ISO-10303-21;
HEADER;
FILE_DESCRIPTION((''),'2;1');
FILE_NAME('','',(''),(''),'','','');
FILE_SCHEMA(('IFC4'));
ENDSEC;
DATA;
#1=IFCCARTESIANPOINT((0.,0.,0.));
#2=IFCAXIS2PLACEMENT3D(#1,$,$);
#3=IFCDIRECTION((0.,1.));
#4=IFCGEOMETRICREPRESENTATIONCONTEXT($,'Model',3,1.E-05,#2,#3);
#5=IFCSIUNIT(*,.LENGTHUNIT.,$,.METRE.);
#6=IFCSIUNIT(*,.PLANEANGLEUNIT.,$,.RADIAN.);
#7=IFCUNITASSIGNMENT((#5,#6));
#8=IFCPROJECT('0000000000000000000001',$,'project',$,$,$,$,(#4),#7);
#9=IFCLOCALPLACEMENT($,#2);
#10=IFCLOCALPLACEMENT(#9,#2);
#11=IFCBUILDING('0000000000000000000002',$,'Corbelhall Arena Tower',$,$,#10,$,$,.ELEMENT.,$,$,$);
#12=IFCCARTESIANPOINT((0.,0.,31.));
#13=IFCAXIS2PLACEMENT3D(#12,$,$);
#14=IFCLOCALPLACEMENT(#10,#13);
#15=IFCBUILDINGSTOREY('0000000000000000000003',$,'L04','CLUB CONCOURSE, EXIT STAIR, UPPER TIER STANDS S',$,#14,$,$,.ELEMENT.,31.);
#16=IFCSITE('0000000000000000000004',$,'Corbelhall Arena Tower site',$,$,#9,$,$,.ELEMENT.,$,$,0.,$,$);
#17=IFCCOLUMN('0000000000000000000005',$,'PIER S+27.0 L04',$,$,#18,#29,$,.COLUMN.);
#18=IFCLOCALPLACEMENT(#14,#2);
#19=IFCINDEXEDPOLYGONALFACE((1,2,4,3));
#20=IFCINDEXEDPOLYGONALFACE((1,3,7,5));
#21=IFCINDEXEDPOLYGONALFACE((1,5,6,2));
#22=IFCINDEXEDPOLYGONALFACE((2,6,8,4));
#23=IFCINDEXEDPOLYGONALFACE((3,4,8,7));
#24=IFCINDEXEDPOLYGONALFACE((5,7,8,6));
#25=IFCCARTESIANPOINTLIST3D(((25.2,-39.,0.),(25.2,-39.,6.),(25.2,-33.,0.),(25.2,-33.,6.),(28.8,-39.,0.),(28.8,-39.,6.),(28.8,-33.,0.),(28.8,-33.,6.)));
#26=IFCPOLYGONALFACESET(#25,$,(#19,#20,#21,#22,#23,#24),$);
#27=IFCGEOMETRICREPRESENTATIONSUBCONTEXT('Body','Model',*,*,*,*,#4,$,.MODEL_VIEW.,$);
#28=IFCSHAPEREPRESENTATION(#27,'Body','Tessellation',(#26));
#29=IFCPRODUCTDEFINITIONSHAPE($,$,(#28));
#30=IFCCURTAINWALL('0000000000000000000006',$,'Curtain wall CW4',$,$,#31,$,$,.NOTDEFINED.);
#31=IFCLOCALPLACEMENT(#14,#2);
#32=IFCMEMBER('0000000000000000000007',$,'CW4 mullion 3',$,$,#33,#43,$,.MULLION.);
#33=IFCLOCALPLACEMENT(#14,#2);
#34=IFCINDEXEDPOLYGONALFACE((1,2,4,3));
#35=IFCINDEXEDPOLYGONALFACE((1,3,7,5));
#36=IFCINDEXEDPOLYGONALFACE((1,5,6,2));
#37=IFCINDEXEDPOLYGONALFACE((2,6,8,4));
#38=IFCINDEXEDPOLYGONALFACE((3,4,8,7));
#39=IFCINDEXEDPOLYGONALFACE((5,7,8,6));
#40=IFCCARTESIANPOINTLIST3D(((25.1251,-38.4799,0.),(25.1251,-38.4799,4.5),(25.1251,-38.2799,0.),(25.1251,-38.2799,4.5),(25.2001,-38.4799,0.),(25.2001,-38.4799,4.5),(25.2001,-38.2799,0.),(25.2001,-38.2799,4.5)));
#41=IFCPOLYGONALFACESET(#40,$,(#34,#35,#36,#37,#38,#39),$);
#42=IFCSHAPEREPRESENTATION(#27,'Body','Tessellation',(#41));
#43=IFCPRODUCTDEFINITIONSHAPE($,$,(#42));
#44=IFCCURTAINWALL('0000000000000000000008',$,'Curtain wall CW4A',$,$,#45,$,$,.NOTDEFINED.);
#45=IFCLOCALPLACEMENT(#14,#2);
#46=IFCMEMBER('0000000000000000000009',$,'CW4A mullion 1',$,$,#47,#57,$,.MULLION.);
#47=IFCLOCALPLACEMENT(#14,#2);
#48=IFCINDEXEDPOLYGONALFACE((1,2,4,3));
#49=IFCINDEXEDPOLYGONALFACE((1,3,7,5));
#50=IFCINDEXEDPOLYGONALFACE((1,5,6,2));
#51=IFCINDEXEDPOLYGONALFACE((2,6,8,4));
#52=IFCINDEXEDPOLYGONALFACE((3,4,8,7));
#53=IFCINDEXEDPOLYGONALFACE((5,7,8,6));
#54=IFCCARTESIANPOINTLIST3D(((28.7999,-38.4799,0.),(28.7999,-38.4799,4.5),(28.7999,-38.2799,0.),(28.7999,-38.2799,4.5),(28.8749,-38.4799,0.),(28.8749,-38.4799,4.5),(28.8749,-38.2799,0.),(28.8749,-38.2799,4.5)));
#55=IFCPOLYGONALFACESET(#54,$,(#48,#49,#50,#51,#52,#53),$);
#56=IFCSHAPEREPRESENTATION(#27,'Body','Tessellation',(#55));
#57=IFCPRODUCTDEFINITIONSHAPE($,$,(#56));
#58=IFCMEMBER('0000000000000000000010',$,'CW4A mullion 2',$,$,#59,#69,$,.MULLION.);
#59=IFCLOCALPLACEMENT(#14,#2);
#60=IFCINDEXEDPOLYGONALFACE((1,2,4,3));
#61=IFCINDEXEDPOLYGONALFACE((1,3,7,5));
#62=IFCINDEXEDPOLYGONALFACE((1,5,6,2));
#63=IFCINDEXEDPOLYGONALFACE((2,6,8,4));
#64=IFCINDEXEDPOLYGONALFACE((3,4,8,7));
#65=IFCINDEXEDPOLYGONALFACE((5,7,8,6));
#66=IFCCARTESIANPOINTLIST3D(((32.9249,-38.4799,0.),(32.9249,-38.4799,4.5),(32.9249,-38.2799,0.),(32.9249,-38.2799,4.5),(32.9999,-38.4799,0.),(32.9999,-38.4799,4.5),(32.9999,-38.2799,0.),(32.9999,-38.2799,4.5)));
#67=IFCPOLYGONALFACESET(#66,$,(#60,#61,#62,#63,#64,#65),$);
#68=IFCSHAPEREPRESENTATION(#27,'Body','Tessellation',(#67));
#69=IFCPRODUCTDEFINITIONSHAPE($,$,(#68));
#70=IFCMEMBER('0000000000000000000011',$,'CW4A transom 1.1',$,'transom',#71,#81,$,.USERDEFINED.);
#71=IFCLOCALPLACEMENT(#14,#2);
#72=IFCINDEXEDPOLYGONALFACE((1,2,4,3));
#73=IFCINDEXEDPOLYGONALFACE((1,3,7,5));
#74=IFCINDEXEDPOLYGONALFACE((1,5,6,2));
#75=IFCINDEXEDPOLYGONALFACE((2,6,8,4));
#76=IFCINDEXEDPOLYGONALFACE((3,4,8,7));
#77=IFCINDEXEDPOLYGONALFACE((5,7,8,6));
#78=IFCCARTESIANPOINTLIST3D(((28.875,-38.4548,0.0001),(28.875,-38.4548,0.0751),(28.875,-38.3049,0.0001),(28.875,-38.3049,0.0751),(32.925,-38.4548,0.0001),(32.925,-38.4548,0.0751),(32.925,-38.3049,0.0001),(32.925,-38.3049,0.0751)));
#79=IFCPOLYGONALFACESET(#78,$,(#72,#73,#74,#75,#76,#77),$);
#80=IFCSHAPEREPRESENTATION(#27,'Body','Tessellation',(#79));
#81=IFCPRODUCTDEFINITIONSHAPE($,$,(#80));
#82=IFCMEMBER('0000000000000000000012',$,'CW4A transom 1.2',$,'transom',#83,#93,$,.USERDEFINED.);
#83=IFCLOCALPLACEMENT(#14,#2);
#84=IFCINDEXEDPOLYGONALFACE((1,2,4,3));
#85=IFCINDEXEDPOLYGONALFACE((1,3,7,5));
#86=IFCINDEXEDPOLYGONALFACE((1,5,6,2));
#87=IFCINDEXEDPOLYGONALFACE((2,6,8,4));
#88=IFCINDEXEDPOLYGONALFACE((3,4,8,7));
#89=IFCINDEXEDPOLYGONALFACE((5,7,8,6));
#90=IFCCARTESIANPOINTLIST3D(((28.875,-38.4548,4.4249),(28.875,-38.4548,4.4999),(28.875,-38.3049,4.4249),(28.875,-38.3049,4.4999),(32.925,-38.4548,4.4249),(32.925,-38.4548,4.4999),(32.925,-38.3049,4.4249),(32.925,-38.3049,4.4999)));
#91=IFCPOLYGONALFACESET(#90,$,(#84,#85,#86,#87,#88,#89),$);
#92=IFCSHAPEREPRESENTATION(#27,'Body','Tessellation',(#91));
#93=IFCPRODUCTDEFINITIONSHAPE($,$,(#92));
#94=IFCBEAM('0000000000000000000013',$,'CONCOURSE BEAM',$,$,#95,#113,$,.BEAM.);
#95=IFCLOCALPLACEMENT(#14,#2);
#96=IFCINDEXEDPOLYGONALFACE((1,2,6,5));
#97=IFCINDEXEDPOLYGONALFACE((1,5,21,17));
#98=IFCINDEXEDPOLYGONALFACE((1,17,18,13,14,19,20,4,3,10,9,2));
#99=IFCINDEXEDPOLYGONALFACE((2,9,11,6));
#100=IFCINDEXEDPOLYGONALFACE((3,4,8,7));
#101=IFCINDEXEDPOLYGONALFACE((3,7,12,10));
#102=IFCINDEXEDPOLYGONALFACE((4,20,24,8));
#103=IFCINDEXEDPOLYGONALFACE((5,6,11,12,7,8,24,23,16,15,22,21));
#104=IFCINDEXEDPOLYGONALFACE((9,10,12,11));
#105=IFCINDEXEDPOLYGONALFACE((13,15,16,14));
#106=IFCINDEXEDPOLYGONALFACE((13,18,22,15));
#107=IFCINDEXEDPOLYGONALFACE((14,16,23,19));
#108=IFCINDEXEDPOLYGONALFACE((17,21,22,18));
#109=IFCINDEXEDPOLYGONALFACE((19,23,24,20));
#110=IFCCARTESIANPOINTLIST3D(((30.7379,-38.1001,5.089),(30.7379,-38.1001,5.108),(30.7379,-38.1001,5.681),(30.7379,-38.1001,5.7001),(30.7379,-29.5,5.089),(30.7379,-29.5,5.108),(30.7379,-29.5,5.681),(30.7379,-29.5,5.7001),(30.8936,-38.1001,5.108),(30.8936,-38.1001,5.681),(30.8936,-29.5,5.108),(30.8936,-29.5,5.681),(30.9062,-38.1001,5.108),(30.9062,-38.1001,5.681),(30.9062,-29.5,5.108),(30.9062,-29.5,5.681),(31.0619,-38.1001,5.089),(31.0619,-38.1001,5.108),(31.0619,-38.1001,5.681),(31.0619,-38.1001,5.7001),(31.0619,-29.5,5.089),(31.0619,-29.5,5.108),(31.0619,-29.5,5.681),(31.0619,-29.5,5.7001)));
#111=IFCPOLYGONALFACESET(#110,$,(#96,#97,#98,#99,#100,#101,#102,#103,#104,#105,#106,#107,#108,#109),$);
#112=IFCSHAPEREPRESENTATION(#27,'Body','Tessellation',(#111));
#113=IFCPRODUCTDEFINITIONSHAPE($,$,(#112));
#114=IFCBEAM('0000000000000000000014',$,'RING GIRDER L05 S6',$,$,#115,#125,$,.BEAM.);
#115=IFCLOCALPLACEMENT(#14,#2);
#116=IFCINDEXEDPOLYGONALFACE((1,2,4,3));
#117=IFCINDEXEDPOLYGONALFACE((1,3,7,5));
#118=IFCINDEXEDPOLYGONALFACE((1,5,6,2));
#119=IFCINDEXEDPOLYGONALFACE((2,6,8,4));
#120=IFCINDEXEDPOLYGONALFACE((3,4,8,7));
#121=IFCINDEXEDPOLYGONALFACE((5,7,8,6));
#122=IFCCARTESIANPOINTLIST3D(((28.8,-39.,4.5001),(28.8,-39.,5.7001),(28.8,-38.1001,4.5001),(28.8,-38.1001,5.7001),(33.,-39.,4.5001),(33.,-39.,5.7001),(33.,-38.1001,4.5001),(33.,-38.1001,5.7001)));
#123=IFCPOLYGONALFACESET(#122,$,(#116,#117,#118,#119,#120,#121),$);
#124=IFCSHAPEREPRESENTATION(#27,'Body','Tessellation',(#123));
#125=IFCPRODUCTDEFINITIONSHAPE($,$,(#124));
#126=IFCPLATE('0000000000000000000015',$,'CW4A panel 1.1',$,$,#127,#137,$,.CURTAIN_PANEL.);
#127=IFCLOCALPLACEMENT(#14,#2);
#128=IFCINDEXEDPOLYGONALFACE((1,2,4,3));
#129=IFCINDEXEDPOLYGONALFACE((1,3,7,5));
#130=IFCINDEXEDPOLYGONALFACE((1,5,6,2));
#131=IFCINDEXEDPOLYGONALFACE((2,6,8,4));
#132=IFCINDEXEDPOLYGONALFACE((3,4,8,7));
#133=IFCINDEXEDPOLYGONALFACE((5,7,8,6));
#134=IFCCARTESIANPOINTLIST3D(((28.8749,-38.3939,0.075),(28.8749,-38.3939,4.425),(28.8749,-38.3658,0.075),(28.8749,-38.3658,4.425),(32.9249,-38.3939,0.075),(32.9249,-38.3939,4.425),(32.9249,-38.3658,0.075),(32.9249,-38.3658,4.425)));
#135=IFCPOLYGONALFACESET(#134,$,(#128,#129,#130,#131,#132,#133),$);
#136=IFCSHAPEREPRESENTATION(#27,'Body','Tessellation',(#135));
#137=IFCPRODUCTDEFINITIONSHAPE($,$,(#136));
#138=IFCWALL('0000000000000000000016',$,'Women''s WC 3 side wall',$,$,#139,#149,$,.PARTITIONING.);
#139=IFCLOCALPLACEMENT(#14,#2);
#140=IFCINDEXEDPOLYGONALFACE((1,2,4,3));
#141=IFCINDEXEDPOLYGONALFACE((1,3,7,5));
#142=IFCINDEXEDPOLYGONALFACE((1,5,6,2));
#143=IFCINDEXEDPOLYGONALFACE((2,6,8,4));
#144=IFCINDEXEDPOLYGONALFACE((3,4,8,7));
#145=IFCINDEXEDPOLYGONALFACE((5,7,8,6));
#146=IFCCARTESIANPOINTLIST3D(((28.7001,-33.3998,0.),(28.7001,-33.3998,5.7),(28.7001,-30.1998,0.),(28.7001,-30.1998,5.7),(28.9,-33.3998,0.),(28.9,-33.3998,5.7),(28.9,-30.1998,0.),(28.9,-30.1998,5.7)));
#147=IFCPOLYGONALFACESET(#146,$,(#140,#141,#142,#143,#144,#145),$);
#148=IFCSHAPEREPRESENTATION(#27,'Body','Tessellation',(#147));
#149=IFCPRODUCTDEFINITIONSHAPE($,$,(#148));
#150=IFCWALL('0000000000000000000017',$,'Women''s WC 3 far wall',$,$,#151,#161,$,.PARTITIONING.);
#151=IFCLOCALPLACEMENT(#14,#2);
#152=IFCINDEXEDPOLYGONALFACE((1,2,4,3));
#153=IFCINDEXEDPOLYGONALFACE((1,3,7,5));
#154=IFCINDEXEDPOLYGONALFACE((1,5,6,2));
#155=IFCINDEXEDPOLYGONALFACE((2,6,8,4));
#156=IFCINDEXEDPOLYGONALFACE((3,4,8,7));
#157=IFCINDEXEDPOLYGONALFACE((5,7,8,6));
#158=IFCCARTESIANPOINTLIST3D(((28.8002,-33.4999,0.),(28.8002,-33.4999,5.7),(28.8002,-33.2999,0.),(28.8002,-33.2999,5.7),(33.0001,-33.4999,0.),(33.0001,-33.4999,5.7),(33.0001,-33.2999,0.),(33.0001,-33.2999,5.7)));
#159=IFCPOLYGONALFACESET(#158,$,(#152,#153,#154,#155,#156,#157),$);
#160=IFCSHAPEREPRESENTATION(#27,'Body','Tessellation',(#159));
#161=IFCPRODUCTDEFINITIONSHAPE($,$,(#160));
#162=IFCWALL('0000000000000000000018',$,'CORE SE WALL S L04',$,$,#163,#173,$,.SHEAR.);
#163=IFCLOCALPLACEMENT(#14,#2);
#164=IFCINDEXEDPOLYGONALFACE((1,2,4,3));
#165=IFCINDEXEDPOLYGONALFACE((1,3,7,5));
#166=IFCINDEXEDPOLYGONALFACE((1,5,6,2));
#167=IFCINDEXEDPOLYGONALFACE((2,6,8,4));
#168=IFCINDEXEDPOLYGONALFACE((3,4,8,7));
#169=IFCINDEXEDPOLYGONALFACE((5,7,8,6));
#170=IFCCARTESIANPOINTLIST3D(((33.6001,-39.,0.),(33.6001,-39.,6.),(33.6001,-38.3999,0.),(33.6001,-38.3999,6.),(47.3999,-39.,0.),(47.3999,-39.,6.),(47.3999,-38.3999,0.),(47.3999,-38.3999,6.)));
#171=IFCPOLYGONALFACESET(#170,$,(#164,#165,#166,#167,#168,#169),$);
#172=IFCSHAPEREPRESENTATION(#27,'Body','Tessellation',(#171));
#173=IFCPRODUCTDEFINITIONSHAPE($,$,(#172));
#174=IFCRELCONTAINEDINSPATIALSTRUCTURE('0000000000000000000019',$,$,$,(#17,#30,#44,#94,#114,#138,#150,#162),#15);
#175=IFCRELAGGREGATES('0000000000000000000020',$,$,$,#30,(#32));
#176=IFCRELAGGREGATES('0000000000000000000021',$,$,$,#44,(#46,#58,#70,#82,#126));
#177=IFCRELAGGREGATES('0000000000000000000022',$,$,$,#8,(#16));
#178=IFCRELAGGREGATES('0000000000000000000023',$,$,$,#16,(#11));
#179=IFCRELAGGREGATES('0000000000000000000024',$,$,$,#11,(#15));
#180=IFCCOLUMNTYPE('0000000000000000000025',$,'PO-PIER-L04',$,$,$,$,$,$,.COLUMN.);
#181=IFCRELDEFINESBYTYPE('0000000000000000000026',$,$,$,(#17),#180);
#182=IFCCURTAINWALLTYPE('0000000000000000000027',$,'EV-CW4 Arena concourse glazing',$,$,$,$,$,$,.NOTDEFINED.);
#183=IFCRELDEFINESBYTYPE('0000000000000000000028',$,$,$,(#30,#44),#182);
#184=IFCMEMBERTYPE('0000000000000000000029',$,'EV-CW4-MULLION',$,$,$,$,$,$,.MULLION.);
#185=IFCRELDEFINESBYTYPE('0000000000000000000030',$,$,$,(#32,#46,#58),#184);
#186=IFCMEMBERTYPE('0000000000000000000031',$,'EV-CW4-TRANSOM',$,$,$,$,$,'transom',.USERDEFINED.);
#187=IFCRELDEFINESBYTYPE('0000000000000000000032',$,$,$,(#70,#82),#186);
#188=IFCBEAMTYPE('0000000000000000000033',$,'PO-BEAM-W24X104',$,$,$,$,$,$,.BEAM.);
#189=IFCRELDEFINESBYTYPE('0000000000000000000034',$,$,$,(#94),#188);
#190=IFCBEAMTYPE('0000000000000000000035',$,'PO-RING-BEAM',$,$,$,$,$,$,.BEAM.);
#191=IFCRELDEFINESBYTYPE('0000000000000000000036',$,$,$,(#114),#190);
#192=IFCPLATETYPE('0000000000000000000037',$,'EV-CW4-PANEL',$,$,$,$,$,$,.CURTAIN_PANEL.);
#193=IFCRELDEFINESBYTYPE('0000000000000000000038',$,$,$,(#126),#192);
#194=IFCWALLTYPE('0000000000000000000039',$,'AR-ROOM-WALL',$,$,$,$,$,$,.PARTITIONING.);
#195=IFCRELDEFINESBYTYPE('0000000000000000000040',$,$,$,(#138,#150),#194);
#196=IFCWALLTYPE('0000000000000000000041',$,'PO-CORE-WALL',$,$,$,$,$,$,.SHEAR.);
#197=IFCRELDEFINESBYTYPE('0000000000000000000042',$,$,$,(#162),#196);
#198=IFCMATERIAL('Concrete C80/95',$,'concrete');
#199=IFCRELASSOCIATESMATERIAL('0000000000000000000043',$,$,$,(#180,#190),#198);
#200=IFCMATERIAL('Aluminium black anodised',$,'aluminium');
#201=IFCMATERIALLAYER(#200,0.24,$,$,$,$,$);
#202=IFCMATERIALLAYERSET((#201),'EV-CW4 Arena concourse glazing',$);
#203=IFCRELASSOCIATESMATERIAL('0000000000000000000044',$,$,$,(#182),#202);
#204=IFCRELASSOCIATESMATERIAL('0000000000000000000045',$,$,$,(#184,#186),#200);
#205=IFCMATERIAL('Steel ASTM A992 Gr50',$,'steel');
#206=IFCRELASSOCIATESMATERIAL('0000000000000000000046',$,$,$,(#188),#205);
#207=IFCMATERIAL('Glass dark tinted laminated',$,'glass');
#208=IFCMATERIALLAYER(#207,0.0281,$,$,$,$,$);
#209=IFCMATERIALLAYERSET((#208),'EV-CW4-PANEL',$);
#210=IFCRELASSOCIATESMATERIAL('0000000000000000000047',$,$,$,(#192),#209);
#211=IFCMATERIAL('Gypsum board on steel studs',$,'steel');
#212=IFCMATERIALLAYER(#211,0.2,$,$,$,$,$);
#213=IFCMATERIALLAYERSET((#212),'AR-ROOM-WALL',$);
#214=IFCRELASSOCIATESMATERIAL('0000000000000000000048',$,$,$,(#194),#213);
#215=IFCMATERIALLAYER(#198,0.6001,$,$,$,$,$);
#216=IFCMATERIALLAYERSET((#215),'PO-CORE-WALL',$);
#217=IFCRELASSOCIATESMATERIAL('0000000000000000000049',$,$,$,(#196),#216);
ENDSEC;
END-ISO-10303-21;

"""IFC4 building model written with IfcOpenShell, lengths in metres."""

from ifc_helpers import new_model, si_unit, direction, frame, frame_2d, origin, origin_2d, place, context, subcontext, project, spatial, rectangle, i_section, extrude, material, layer, layer_set, material_profile, profile_set, type_object, element, aggregate, save


model = new_model("IFC4")

# Units and contexts
model_context = context("Model", 3, precision=1e-05, world=origin(), true_north=direction((0.0, 1.0)))
body_context = subcontext(model_context, "Body", "Model", "MODEL_VIEW")
ifc_project = project(units=[si_unit("LENGTHUNIT", "METRE"), si_unit("PLANEANGLEUNIT", "RADIAN")], contexts=[model_context])

# Site, building, storey
site_placement = place(None, origin())
site = spatial("IfcSite", under=ifc_project, at=site_placement, Name="Corbelhall Arena Tower site", CompositionType="ELEMENT", RefElevation=0.0)
building_placement = place(site_placement, origin())
building = spatial("IfcBuilding", under=site, at=building_placement, Name="Corbelhall Arena Tower", CompositionType="ELEMENT")
storey_placement = place(building_placement, frame((0.0, 0.0, 31.0)))
storey = spatial("IfcBuildingStorey", under=building, at=storey_placement, Name="L04", Description="CLUB CONCOURSE, EXIT STAIR, UPPER TIER STANDS S", CompositionType="ELEMENT", Elevation=31.0)

# Column
ifc_material_1 = material(Name="Concrete C80/95", Category="concrete")
ifc_material_profile_1 = material_profile(ifc_material_1, rectangle(XDim=3.6001, YDim=6.0, at=origin_2d()))
ifc_profile_set_1 = profile_set([ifc_material_profile_1], Name="Concrete C80/95")
column_type = type_object("IfcColumnType", Name="PO-PIER-L04", PredefinedType="COLUMN", material=ifc_profile_set_1)
column_placement = place(storey_placement, frame((27.0, -36.0, 0.0), z_axis=(0.0, 0.0, 1.0), x_axis=(1.0, 0.0, 0.0)))
element("IfcColumn", 1, at=column_placement, inside=storey, type_object=column_type, Name="PIER S+27.0 L04", PredefinedType="COLUMN", context=body_context, shape_type="SweptSolid", body=[
    extrude(rectangle(XDim=3.6001, YDim=6.0, at=origin_2d()), origin(), (0.0, 0.0, 1.0), 6.0),
])

# Curtain wall, member
ifc_material_2 = material(Name="Aluminium black anodised", Category="aluminium")
ifc_layer_1 = layer(ifc_material_2, 0.24)
ifc_layer_set_1 = layer_set([ifc_layer_1], Name="EV-CW4 Arena concourse glazing")
curtain_wall_type = type_object("IfcCurtainWallType", Name="EV-CW4 Arena concourse glazing", PredefinedType="NOTDEFINED", material=ifc_layer_set_1)
curtain_wall_1_placement = place(storey_placement, origin())
curtain_wall_1 = element("IfcCurtainWall", 2, at=curtain_wall_1_placement, inside=storey, type_object=curtain_wall_type, Name="Curtain wall CW4", PredefinedType="NOTDEFINED")
ifc_material_profile_2 = material_profile(ifc_material_2, rectangle(XDim=0.2, YDim=0.075, at=origin_2d()))
ifc_profile_set_2 = profile_set([ifc_material_profile_2], Name="Aluminium black anodised")
member_type_1 = type_object("IfcMemberType", Name="EV-CW4-MULLION", PredefinedType="MULLION", material=ifc_profile_set_2)
member_1_placement = place(storey_placement, frame((25.1626, -38.3799, 0.0), z_axis=(0.0, 0.0, 1.0), x_axis=(0.0, 1.0, 0.0)))
member_1 = element("IfcMember", 3, at=member_1_placement, type_object=member_type_1, Name="CW4 mullion 3", PredefinedType="MULLION", context=body_context, shape_type="SweptSolid", body=[
    extrude(rectangle(XDim=0.2, YDim=0.075, at=origin_2d()), origin(), (0.0, 0.0, 1.0), 4.5),
])
aggregate(curtain_wall_1, [member_1])

# Curtain wall, members
curtain_wall_2_placement = place(storey_placement, origin())
curtain_wall_2 = element("IfcCurtainWall", 4, at=curtain_wall_2_placement, inside=storey, type_object=curtain_wall_type, Name="Curtain wall CW4A", PredefinedType="NOTDEFINED")
member_2_placement = place(storey_placement, frame((28.8374, -38.3799, 0.0), z_axis=(0.0, 0.0, 1.0), x_axis=(0.0, 1.0, 0.0)))
member_2 = element("IfcMember", 5, at=member_2_placement, type_object=member_type_1, Name="CW4A mullion 1", PredefinedType="MULLION", context=body_context, shape_type="SweptSolid", body=[
    extrude(rectangle(XDim=0.2, YDim=0.075, at=origin_2d()), origin(), (0.0, 0.0, 1.0), 4.5),
])
member_3_placement = place(storey_placement, frame((32.9624, -38.3799, 0.0), z_axis=(0.0, 0.0, 1.0), x_axis=(0.0, 1.0, 0.0)))
member_3 = element("IfcMember", 6, at=member_3_placement, type_object=member_type_1, Name="CW4A mullion 2", PredefinedType="MULLION", context=body_context, shape_type="SweptSolid", body=[
    extrude(rectangle(XDim=0.2, YDim=0.075, at=origin_2d()), origin(), (0.0, 0.0, 1.0), 4.5),
])
ifc_material_profile_3 = material_profile(ifc_material_2, rectangle(XDim=0.1499, YDim=0.075, at=origin_2d()))
ifc_profile_set_3 = profile_set([ifc_material_profile_3], Name="Aluminium black anodised")
member_type_2 = type_object("IfcMemberType", Name="EV-CW4-TRANSOM", ElementType="transom", PredefinedType="USERDEFINED", material=ifc_profile_set_3)
member_4_placement = place(storey_placement, frame((28.875, -38.3799, 0.0376), z_axis=(1.0, 0.0, 0.0), x_axis=(0.0, 1.0, 0.0)))
member_4 = element("IfcMember", 7, at=member_4_placement, type_object=member_type_2, Name="CW4A transom 1.1", ObjectType="transom", PredefinedType="USERDEFINED", context=body_context, shape_type="SweptSolid", body=[
    extrude(rectangle(XDim=0.1499, YDim=0.075, at=origin_2d()), origin(), (0.0, 0.0, 1.0), 4.05),
])
member_5_placement = place(storey_placement, frame((28.875, -38.3799, 4.4624), z_axis=(1.0, 0.0, 0.0), x_axis=(0.0, 1.0, 0.0)))
member_5 = element("IfcMember", 8, at=member_5_placement, type_object=member_type_2, Name="CW4A transom 1.2", ObjectType="transom", PredefinedType="USERDEFINED", context=body_context, shape_type="SweptSolid", body=[
    extrude(rectangle(XDim=0.1499, YDim=0.075, at=origin_2d()), origin(), (0.0, 0.0, 1.0), 4.05),
])

# Beams
ifc_material_3 = material(Name="Steel ASTM A992 Gr50", Category="steel")
ifc_material_profile_4 = material_profile(ifc_material_3, i_section(OverallWidth=0.324, OverallDepth=0.6111, WebThickness=0.0127, FlangeThickness=0.019, at=origin_2d()))
ifc_profile_set_4 = profile_set([ifc_material_profile_4], Name="Steel ASTM A992 Gr50")
beam_type_1 = type_object("IfcBeamType", Name="PO-BEAM-W24X104", PredefinedType="BEAM", material=ifc_profile_set_4)
beam_1_placement = place(storey_placement, frame((30.8999, -29.5, 5.3945), z_axis=(0.0, -1.0, 0.0), x_axis=(1.0, 0.0, 0.0)))
element("IfcBeam", 9, at=beam_1_placement, inside=storey, type_object=beam_type_1, Name="CONCOURSE BEAM", PredefinedType="BEAM", context=body_context, shape_type="SweptSolid", body=[
    extrude(i_section(OverallWidth=0.324, OverallDepth=0.6111, WebThickness=0.0127, FlangeThickness=0.019, at=origin_2d()), origin(), (0.0, 0.0, 1.0), 8.6001),
])
ifc_material_profile_5 = material_profile(ifc_material_1, rectangle(XDim=0.8999, YDim=1.2, at=origin_2d()))
ifc_profile_set_5 = profile_set([ifc_material_profile_5], Name="Concrete C80/95")
beam_type_2 = type_object("IfcBeamType", Name="PO-RING-BEAM", PredefinedType="BEAM", material=ifc_profile_set_5)
beam_2_placement = place(storey_placement, frame((28.8, -38.55, 5.1001), z_axis=(1.0, 0.0, 0.0), x_axis=(0.0, 1.0, 0.0)))
element("IfcBeam", 10, at=beam_2_placement, inside=storey, type_object=beam_type_2, Name="RING GIRDER L05 S6", PredefinedType="BEAM", context=body_context, shape_type="SweptSolid", body=[
    extrude(rectangle(XDim=0.8999, YDim=1.2, at=origin_2d()), origin(), (0.0, 0.0, 1.0), 4.2),
])

# Plate
ifc_material_4 = material(Name="Glass dark tinted laminated", Category="glass")
ifc_layer_2 = layer(ifc_material_4, 0.0281)
ifc_layer_set_2 = layer_set([ifc_layer_2], Name="EV-CW4-PANEL")
plate_type = type_object("IfcPlateType", Name="EV-CW4-PANEL", PredefinedType="CURTAIN_PANEL", material=ifc_layer_set_2)
plate_placement = place(storey_placement, frame((30.8999, -38.3799, 0.075), z_axis=(0.0, 0.0, 1.0), x_axis=(1.0, 0.0, 0.0)))
plate = element("IfcPlate", 11, at=plate_placement, type_object=plate_type, Name="CW4A panel 1.1", PredefinedType="CURTAIN_PANEL", context=body_context, shape_type="SweptSolid", body=[
    extrude(rectangle(XDim=4.05, YDim=0.0281, at=origin_2d()), origin(), (0.0, 0.0, 1.0), 4.3501),
])
aggregate(curtain_wall_2, [member_2, member_3, member_4, member_5, plate])

# Shared definitions
ifc_material_5 = material(Name="Gypsum board on steel studs", Category="steel")
ifc_layer_3 = layer(ifc_material_5, 0.2)
ifc_layer_set_3 = layer_set([ifc_layer_3], Name="AR-ROOM-WALL")
wall_type_1 = type_object("IfcWallType", Name="AR-ROOM-WALL", PredefinedType="PARTITIONING", material=ifc_layer_set_3)

# Walls
wall_1_placement = place(storey_placement, frame((28.8, -33.3999, 0.0), z_axis=(0.0, 0.0, 1.0), x_axis=(0.0, 1.0, 0.0)))
element("IfcWall", 12, at=wall_1_placement, inside=storey, type_object=wall_type_1, Name="Women's WC 3 side wall", PredefinedType="PARTITIONING", context=body_context, shape_type="SweptSolid", body=[
    extrude(rectangle(XDim=3.2, YDim=0.2, at=frame_2d((1.6001, 0.0))), origin(), (0.0, 0.0, 1.0), 5.7),
])
wall_2_placement = place(storey_placement, frame((28.8, -33.3999, 0.0), z_axis=(0.0, 0.0, 1.0), x_axis=(1.0, 0.0, 0.0)))
element("IfcWall", 13, at=wall_2_placement, inside=storey, type_object=wall_type_1, Name="Women's WC 3 far wall", PredefinedType="PARTITIONING", context=body_context, shape_type="SweptSolid", body=[
    extrude(rectangle(XDim=4.2, YDim=0.2, at=frame_2d((2.1001, 0.0))), origin(), (0.0, 0.0, 1.0), 5.7),
])
ifc_layer_4 = layer(ifc_material_1, 0.6001)
ifc_layer_set_4 = layer_set([ifc_layer_4], Name="PO-CORE-WALL")
wall_type_2 = type_object("IfcWallType", Name="PO-CORE-WALL", PredefinedType="SHEAR", material=ifc_layer_set_4)
wall_3_placement = place(storey_placement, frame((33.6001, -38.7, 0.0), z_axis=(0.0, 0.0, 1.0), x_axis=(1.0, 0.0, 0.0)))
element("IfcWall", 14, at=wall_3_placement, inside=storey, type_object=wall_type_2, Name="CORE SE WALL S L04", PredefinedType="SHEAR", context=body_context, shape_type="SweptSolid", body=[
    extrude(rectangle(XDim=13.7998, YDim=0.6001, at=frame_2d((6.8999, 0.0))), origin(), (0.0, 0.0, 1.0), 6.0),
])

save(model, "model.ifc")
